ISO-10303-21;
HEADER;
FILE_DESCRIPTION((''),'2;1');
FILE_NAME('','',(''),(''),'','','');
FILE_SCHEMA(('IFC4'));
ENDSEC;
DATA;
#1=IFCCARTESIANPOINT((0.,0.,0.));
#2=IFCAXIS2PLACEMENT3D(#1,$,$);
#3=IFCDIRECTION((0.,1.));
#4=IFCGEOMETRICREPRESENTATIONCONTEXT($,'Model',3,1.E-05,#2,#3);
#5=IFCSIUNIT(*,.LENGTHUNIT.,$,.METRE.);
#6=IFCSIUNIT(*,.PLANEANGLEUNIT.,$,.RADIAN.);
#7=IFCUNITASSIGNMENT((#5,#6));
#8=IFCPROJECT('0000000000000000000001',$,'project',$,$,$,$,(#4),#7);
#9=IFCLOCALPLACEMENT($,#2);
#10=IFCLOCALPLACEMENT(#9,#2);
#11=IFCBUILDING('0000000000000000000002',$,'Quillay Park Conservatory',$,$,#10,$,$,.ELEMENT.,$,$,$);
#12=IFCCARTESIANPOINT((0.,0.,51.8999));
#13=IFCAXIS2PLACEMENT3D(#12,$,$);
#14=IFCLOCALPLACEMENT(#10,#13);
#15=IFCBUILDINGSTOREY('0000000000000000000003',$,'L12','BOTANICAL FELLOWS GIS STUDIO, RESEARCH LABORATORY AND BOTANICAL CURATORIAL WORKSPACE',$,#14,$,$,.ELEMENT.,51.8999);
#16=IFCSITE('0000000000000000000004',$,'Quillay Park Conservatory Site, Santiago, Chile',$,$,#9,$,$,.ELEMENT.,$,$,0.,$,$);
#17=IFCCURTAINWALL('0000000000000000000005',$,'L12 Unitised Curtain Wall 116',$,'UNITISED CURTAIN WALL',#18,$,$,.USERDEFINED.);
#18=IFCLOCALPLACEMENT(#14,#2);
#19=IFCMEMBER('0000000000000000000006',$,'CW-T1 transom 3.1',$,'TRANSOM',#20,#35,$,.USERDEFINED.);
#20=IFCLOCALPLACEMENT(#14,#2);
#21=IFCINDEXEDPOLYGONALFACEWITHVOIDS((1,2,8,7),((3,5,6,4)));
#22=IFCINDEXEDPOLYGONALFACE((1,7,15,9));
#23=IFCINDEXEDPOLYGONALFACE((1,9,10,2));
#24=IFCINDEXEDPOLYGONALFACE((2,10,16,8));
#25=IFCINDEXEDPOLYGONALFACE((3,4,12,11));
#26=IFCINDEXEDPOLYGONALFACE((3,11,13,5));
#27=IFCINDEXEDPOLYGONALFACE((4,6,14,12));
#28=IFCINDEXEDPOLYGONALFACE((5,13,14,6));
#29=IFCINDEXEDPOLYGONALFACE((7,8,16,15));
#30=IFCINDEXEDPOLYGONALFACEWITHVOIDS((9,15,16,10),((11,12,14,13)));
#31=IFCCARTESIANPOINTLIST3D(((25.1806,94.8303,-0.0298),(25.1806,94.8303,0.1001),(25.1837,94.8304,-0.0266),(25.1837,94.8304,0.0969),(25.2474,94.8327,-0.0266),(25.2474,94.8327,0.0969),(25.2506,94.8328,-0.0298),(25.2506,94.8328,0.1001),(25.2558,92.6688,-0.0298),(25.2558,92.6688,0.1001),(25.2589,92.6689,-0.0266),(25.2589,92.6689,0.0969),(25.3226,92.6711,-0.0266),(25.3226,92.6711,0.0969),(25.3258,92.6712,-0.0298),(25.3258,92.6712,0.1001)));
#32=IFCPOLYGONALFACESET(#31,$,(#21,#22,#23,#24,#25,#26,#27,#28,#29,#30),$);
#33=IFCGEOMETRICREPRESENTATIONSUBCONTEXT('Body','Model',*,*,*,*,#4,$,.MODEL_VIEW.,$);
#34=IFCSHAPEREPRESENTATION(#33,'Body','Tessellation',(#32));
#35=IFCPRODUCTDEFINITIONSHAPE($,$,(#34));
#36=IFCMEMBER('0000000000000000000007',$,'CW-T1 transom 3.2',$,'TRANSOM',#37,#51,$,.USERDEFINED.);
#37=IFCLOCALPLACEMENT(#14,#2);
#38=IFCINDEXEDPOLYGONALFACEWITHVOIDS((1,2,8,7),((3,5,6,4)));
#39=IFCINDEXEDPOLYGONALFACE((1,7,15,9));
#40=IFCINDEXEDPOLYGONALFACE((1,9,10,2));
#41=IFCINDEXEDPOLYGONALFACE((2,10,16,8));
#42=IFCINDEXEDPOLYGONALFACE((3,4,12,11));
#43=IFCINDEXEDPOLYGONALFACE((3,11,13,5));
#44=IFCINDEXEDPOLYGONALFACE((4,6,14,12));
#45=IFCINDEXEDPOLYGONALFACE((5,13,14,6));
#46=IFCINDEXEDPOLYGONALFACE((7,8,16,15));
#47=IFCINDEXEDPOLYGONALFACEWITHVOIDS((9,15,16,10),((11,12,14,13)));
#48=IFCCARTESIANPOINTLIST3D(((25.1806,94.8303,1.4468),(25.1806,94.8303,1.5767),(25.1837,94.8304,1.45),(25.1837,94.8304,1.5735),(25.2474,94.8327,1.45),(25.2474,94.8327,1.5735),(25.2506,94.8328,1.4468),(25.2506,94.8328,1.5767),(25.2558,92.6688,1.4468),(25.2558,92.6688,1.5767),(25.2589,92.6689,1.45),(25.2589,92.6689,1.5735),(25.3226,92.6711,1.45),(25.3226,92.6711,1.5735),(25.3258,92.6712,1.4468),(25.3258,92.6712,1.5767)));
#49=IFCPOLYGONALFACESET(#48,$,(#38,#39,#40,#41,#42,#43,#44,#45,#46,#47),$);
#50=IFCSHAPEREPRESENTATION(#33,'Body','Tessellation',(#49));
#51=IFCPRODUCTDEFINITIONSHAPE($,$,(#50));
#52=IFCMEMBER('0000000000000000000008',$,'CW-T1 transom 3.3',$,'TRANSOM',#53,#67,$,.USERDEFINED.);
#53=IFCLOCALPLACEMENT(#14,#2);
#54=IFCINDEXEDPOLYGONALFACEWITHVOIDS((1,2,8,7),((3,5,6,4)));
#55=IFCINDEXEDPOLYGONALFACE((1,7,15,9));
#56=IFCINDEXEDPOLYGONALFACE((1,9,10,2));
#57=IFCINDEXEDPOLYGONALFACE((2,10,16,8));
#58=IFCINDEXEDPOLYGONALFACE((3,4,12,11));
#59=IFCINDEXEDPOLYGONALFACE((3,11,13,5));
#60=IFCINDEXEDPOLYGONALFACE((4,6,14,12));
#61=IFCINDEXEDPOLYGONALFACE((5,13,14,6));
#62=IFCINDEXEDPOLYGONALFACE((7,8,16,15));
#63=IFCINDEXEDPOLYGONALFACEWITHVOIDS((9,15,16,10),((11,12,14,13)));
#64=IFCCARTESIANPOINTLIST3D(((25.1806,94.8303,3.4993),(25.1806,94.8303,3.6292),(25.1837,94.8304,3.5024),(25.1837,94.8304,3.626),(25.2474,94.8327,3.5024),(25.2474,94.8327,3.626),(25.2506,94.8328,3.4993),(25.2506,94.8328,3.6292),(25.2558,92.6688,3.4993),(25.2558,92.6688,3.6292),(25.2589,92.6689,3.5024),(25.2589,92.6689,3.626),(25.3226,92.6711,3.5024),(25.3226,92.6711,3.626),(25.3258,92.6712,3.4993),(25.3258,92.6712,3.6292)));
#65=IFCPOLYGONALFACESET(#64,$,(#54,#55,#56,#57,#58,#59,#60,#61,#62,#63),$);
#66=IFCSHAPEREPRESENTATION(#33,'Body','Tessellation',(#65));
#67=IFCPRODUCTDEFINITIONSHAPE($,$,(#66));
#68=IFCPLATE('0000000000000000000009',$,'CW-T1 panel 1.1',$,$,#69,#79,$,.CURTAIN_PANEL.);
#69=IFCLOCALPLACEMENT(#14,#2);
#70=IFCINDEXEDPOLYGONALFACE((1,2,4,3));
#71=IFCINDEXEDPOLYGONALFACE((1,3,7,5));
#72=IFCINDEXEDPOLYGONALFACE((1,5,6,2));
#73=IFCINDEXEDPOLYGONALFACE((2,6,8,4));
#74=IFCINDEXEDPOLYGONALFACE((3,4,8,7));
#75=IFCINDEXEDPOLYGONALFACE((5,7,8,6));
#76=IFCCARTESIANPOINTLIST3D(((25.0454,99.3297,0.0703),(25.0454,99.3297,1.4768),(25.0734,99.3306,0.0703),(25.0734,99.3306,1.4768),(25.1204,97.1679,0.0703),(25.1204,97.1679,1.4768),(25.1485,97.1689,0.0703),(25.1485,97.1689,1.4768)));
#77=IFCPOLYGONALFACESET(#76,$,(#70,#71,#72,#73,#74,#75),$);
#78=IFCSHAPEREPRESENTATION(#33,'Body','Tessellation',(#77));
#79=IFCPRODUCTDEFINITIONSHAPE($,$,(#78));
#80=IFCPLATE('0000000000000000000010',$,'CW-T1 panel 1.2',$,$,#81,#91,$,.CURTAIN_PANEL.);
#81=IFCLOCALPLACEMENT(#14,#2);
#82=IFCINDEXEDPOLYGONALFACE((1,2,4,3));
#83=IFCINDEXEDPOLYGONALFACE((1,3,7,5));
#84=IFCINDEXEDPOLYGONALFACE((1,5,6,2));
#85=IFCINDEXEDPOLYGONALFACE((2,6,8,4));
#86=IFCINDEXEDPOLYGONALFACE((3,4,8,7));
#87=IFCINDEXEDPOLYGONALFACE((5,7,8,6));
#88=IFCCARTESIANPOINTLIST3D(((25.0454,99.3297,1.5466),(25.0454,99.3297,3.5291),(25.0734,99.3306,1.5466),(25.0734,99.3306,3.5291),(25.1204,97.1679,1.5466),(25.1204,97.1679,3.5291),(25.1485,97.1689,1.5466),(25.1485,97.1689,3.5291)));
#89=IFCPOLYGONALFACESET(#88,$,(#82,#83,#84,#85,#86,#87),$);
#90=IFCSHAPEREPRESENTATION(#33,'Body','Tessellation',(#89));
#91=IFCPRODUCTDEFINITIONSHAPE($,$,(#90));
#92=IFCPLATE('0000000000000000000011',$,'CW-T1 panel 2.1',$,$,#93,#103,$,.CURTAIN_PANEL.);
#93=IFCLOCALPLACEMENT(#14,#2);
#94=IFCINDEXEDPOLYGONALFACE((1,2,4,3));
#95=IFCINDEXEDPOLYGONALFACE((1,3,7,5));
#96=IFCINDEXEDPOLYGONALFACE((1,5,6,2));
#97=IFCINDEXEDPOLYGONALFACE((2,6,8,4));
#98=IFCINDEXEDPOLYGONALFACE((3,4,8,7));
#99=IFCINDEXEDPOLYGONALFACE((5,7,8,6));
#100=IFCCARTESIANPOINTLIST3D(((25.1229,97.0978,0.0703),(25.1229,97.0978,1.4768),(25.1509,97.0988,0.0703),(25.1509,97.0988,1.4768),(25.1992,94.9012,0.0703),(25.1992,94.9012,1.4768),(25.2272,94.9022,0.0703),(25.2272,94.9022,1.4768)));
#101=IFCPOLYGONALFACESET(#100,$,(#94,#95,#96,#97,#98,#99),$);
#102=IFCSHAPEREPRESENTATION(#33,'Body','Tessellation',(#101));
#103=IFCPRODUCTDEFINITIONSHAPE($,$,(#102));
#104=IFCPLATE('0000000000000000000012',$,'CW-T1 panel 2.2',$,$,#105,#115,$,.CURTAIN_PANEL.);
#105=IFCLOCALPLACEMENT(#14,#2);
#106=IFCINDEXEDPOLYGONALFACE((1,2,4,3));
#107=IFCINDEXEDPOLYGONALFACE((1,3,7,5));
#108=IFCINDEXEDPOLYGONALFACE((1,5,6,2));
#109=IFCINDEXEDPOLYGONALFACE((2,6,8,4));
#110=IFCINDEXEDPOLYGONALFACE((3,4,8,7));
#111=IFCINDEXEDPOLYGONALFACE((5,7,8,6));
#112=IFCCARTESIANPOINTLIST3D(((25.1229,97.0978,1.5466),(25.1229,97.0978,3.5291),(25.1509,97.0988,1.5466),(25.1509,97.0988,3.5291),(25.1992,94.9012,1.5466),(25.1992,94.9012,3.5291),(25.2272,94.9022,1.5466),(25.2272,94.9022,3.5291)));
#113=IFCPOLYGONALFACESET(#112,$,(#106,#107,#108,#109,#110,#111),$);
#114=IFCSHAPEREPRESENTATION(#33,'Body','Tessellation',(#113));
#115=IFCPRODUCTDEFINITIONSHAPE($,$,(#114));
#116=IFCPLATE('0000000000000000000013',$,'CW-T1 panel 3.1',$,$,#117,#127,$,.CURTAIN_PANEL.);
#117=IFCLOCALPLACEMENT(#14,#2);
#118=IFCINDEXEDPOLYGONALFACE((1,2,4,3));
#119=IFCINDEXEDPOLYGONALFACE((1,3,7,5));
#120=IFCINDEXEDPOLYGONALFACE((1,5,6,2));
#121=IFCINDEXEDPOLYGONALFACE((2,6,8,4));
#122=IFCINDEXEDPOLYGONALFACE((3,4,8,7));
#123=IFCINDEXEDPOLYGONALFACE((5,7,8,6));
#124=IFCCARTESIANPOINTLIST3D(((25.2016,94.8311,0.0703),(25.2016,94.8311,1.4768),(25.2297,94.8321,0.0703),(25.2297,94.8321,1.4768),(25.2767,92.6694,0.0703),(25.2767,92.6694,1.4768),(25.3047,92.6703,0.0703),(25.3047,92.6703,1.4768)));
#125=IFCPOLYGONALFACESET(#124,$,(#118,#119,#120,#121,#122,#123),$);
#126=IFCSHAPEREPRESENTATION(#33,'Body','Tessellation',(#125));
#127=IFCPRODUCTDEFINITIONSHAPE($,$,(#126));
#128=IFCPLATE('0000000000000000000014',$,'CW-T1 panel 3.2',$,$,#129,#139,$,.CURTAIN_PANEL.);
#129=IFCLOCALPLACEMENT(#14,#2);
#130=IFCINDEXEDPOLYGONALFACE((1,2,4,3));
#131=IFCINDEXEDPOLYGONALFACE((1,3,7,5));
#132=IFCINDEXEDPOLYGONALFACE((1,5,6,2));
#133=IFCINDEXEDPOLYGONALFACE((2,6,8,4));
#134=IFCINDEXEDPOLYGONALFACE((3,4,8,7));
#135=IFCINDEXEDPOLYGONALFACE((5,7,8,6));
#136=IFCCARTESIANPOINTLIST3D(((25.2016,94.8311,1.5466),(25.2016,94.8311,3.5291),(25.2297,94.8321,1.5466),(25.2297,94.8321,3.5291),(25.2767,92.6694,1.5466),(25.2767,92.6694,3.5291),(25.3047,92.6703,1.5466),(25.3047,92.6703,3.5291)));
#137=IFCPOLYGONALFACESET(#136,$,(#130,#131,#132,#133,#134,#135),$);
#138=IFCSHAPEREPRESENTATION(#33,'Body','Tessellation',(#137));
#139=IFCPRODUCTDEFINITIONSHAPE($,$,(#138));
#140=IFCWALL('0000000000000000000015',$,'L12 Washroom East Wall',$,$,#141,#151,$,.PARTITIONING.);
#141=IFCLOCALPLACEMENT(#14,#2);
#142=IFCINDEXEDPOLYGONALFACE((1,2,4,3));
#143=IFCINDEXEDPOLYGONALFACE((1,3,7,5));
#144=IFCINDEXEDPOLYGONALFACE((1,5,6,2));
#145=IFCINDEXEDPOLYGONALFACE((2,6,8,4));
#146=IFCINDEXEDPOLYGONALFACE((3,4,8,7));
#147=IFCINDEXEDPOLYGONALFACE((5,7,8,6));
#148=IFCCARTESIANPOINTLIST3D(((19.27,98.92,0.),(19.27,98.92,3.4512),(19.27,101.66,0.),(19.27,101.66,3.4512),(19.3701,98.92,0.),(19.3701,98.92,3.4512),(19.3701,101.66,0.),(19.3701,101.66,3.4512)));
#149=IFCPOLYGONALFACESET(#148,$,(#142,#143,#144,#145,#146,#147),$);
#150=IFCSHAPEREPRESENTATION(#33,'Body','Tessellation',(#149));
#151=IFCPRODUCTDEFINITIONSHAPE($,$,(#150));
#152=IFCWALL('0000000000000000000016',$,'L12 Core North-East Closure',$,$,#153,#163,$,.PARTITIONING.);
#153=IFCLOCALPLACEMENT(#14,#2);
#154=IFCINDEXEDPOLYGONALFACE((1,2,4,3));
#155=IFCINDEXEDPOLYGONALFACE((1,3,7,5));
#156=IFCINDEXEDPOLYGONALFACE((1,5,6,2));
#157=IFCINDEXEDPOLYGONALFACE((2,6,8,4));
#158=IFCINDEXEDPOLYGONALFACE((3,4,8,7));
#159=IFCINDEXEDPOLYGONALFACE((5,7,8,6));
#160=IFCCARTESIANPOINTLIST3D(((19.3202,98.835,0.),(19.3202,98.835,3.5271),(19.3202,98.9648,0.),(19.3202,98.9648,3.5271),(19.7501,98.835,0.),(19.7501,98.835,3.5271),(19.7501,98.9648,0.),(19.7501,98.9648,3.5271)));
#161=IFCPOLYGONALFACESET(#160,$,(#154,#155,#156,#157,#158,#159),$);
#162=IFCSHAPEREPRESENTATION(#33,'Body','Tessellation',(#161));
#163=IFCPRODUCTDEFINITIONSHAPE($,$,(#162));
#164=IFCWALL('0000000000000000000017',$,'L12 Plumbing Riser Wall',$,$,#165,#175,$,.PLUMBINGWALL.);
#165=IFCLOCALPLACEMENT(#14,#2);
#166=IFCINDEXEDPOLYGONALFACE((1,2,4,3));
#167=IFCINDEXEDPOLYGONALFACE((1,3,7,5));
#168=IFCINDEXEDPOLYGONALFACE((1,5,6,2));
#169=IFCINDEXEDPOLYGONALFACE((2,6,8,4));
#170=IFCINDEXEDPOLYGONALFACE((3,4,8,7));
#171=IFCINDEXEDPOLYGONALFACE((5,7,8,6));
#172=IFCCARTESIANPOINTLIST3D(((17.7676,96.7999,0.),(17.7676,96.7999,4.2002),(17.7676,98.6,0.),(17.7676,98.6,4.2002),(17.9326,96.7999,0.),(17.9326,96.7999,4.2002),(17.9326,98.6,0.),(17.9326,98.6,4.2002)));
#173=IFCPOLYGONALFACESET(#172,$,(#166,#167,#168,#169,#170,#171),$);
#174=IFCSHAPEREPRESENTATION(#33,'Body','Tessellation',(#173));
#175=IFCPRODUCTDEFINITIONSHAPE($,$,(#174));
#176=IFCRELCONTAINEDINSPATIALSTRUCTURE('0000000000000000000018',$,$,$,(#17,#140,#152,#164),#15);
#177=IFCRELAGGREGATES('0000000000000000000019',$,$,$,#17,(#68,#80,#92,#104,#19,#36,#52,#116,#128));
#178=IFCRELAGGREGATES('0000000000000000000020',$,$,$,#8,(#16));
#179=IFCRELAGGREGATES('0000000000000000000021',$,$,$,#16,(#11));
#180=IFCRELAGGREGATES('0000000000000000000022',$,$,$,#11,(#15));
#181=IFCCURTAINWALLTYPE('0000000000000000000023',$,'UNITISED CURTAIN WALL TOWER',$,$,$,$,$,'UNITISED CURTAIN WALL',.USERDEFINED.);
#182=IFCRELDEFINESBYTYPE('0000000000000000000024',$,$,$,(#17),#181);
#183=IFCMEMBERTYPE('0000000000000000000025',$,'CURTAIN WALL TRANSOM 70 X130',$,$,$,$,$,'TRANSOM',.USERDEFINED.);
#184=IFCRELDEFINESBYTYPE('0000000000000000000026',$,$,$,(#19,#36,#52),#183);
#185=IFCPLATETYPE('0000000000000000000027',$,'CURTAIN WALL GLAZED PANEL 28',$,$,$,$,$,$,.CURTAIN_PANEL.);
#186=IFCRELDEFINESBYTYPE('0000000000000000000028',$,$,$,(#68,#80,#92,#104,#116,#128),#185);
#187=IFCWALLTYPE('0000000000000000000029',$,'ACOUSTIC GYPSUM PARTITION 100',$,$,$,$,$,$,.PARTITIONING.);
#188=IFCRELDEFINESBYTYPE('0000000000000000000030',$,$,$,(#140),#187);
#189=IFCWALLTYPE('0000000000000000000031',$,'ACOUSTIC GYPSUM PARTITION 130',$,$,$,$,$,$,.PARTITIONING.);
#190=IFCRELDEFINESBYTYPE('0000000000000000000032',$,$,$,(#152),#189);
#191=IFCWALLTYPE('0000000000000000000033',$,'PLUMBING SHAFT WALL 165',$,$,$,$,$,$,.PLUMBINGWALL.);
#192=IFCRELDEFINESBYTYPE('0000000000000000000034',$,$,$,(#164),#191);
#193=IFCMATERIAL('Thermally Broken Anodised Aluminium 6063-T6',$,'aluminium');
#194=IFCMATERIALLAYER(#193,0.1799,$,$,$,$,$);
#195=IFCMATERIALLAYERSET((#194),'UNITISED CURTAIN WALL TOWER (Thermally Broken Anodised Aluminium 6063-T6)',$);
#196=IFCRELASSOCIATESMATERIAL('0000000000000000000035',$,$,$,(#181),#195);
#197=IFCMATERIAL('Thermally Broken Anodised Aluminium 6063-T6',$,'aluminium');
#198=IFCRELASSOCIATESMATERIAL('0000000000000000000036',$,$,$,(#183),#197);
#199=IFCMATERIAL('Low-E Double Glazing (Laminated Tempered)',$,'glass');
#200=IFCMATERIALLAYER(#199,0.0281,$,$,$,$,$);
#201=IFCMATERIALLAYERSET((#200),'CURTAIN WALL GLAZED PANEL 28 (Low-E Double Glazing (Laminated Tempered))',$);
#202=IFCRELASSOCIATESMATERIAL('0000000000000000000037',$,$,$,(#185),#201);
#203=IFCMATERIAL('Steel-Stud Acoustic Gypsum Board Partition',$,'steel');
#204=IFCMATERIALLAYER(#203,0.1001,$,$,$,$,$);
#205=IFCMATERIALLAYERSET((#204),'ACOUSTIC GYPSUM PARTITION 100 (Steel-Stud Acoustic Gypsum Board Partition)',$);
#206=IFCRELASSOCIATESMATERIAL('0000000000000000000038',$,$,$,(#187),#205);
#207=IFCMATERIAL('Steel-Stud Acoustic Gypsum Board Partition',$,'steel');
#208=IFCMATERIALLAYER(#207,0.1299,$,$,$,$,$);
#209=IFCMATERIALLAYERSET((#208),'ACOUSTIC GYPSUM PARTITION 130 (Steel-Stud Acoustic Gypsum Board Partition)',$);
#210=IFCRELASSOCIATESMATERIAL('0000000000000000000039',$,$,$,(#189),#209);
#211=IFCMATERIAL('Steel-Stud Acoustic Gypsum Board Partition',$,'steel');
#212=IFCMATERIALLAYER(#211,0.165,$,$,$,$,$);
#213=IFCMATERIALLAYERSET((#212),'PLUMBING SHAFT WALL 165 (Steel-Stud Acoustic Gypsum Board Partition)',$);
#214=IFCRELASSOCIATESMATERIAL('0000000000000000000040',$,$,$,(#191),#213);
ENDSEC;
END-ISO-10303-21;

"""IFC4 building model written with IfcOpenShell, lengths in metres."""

from ifc_helpers import new_model, si_unit, direction, frame, frame_2d, origin, origin_2d, place, context, subcontext, project, spatial, rectangle, hollow_rectangle, extrude, material, layer, layer_set, material_profile, profile_set, type_object, element, aggregate, save


model = new_model("IFC4")

# Units and contexts
model_context = context("Model", 3, precision=1e-05, world=origin(), true_north=direction((0.0, 1.0)))
body_context = subcontext(model_context, "Body", "Model", "MODEL_VIEW")
ifc_project = project(units=[si_unit("LENGTHUNIT", "METRE"), si_unit("PLANEANGLEUNIT", "RADIAN")], contexts=[model_context])

# Site, building, storey
site_placement = place(None, origin())
site = spatial("IfcSite", under=ifc_project, at=site_placement, Name="Quillay Park Conservatory Site, Santiago, Chile", CompositionType="ELEMENT", RefElevation=0.0)
building_placement = place(site_placement, origin())
building = spatial("IfcBuilding", under=site, at=building_placement, Name="Quillay Park Conservatory", CompositionType="ELEMENT")
storey_placement = place(building_placement, frame((0.0, 0.0, 51.8999)))
storey = spatial("IfcBuildingStorey", under=building, at=storey_placement, Name="L12", Description="BOTANICAL FELLOWS GIS STUDIO, RESEARCH LABORATORY AND BOTANICAL CURATORIAL WORKSPACE", CompositionType="ELEMENT", Elevation=51.8999)

# Curtain wall, members, plates
ifc_material_1 = material(Name="Thermally Broken Anodised Aluminium 6063-T6", Category="aluminium")
ifc_layer_1 = layer(ifc_material_1, 0.1799)
ifc_layer_set_1 = layer_set([ifc_layer_1], Name="UNITISED CURTAIN WALL TOWER (Thermally Broken Anodised Aluminium 6063-T6)")
curtain_wall_type = type_object("IfcCurtainWallType", Name="UNITISED CURTAIN WALL TOWER", ElementType="UNITISED CURTAIN WALL", PredefinedType="USERDEFINED", material=ifc_layer_set_1)
curtain_wall_placement = place(storey_placement, origin())
curtain_wall = element("IfcCurtainWall", 1, at=curtain_wall_placement, inside=storey, type_object=curtain_wall_type, Name="L12 Unitised Curtain Wall 116", ObjectType="UNITISED CURTAIN WALL", PredefinedType="USERDEFINED")
ifc_material_2 = material(Name="Thermally Broken Anodised Aluminium 6063-T6", Category="aluminium")
ifc_material_profile_1 = material_profile(ifc_material_2, hollow_rectangle(XDim=0.0701, YDim=0.1299, WallThickness=0.0032, at=origin_2d()), Name="AL70x130x3.2")
ifc_profile_set_1 = profile_set([ifc_material_profile_1], Name="Thermally Broken Anodised Aluminium 6063-T6")
member_type_1 = type_object("IfcMemberType", Name="CURTAIN WALL TRANSOM 70 X130", ElementType="TRANSOM", PredefinedType="USERDEFINED", material=ifc_profile_set_1)
member_1_placement = place(storey_placement, frame((25.2156, 94.8315, 0.0352), z_axis=(0.034766, -0.999395, 0.0), x_axis=(0.999395, 0.034766, 0.0)))
member_1 = element("IfcMember", 2, at=member_1_placement, type_object=member_type_1, Name="CW-T1 transom 3.1", ObjectType="TRANSOM", PredefinedType="USERDEFINED", context=body_context, shape_type="SweptSolid", body=[
    extrude(hollow_rectangle(XDim=0.0701, YDim=0.1299, WallThickness=0.0032, at=origin_2d()), origin(), (0.0, 0.0, 1.0), 2.1628),
])
member_2_placement = place(storey_placement, frame((25.2156, 94.8315, 1.5117), z_axis=(0.034766, -0.999395, 0.0), x_axis=(0.999395, 0.034766, 0.0)))
member_2 = element("IfcMember", 3, at=member_2_placement, type_object=member_type_1, Name="CW-T1 transom 3.2", ObjectType="TRANSOM", PredefinedType="USERDEFINED", context=body_context, shape_type="SweptSolid", body=[
    extrude(hollow_rectangle(XDim=0.0701, YDim=0.1299, WallThickness=0.0032, at=origin_2d()), origin(), (0.0, 0.0, 1.0), 2.1628),
])
member_3_placement = place(storey_placement, frame((25.2156, 94.8315, 3.5642), z_axis=(0.034766, -0.999395, 0.0), x_axis=(0.999395, 0.034766, 0.0)))
member_3 = element("IfcMember", 4, at=member_3_placement, type_object=member_type_1, Name="CW-T1 transom 3.3", ObjectType="TRANSOM", PredefinedType="USERDEFINED", context=body_context, shape_type="SweptSolid", body=[
    extrude(hollow_rectangle(XDim=0.0701, YDim=0.1299, WallThickness=0.0032, at=origin_2d()), origin(), (0.0, 0.0, 1.0), 2.1628),
])
ifc_material_3 = material(Name="Low-E Double Glazing (Laminated Tempered)", Category="glass")
ifc_layer_2 = layer(ifc_material_3, 0.0281)
ifc_layer_set_2 = layer_set([ifc_layer_2], Name="CURTAIN WALL GLAZED PANEL 28 (Low-E Double Glazing (Laminated Tempered))")
plate_type = type_object("IfcPlateType", Name="CURTAIN WALL GLAZED PANEL 28", PredefinedType="CURTAIN_PANEL", material=ifc_layer_set_2)
plate_1_placement = place(storey_placement, frame((25.0969, 98.2493, 0.0703), z_axis=(0.0, 0.0, 1.0), x_axis=(0.034713, -0.999397, 0.0)))
plate_1 = element("IfcPlate", 5, at=plate_1_placement, type_object=plate_type, Name="CW-T1 panel 1.1", PredefinedType="CURTAIN_PANEL", context=body_context, shape_type="SweptSolid", body=[
    extrude(rectangle(XDim=2.1631, YDim=0.0281, at=origin_2d()), origin(), (0.0, 0.0, 1.0), 1.4065),
])
plate_2_placement = place(storey_placement, frame((25.0969, 98.2493, 1.5466), z_axis=(0.0, 0.0, 1.0), x_axis=(0.034713, -0.999397, 0.0)))
plate_2 = element("IfcPlate", 6, at=plate_2_placement, type_object=plate_type, Name="CW-T1 panel 1.2", PredefinedType="CURTAIN_PANEL", context=body_context, shape_type="SweptSolid", body=[
    extrude(rectangle(XDim=2.1631, YDim=0.0281, at=origin_2d()), origin(), (0.0, 0.0, 1.0), 1.9824),
])
plate_3_placement = place(storey_placement, frame((25.175, 96.0, 0.0703), z_axis=(0.0, 0.0, 1.0), x_axis=(0.034713, -0.999397, 0.0)))
plate_3 = element("IfcPlate", 7, at=plate_3_placement, type_object=plate_type, Name="CW-T1 panel 2.1", PredefinedType="CURTAIN_PANEL", context=body_context, shape_type="SweptSolid", body=[
    extrude(rectangle(XDim=2.198, YDim=0.0281, at=origin_2d()), origin(), (0.0, 0.0, 1.0), 1.4065),
])
plate_4_placement = place(storey_placement, frame((25.175, 96.0, 1.5466), z_axis=(0.0, 0.0, 1.0), x_axis=(0.034713, -0.999397, 0.0)))
plate_4 = element("IfcPlate", 8, at=plate_4_placement, type_object=plate_type, Name="CW-T1 panel 2.2", PredefinedType="CURTAIN_PANEL", context=body_context, shape_type="SweptSolid", body=[
    extrude(rectangle(XDim=2.198, YDim=0.0281, at=origin_2d()), origin(), (0.0, 0.0, 1.0), 1.9824),
])
plate_5_placement = place(storey_placement, frame((25.2532, 93.7507, 0.0703), z_axis=(0.0, 0.0, 1.0), x_axis=(0.034713, -0.999397, 0.0)))
plate_5 = element("IfcPlate", 9, at=plate_5_placement, type_object=plate_type, Name="CW-T1 panel 3.1", PredefinedType="CURTAIN_PANEL", context=body_context, shape_type="SweptSolid", body=[
    extrude(rectangle(XDim=2.1631, YDim=0.0281, at=origin_2d()), origin(), (0.0, 0.0, 1.0), 1.4065),
])
plate_6_placement = place(storey_placement, frame((25.2532, 93.7507, 1.5466), z_axis=(0.0, 0.0, 1.0), x_axis=(0.034713, -0.999397, 0.0)))
plate_6 = element("IfcPlate", 10, at=plate_6_placement, type_object=plate_type, Name="CW-T1 panel 3.2", PredefinedType="CURTAIN_PANEL", context=body_context, shape_type="SweptSolid", body=[
    extrude(rectangle(XDim=2.1631, YDim=0.0281, at=origin_2d()), origin(), (0.0, 0.0, 1.0), 1.9824),
])
aggregate(curtain_wall, [plate_1, plate_2, plate_3, plate_4, member_1, member_2, member_3, plate_5, plate_6])

# Walls
ifc_material_4 = material(Name="Steel-Stud Acoustic Gypsum Board Partition", Category="steel")
ifc_layer_3 = layer(ifc_material_4, 0.1001)
ifc_layer_set_3 = layer_set([ifc_layer_3], Name="ACOUSTIC GYPSUM PARTITION 100 (Steel-Stud Acoustic Gypsum Board Partition)")
wall_type_1 = type_object("IfcWallType", Name="ACOUSTIC GYPSUM PARTITION 100", PredefinedType="PARTITIONING", material=ifc_layer_set_3)
wall_1_placement = place(storey_placement, frame((19.3201, 98.9199, 0.0), z_axis=(0.0, 0.0, 1.0), x_axis=(0.0, 1.0, 0.0)))
element("IfcWall", 11, at=wall_1_placement, inside=storey, type_object=wall_type_1, Name="L12 Washroom East Wall", PredefinedType="PARTITIONING", context=body_context, shape_type="SweptSolid", body=[
    extrude(rectangle(XDim=2.74, YDim=0.1001, at=frame_2d((1.3701, 0.0))), origin(), (0.0, 0.0, 1.0), 3.4512),
])
ifc_material_5 = material(Name="Steel-Stud Acoustic Gypsum Board Partition", Category="steel")
ifc_layer_4 = layer(ifc_material_5, 0.1299)
ifc_layer_set_4 = layer_set([ifc_layer_4], Name="ACOUSTIC GYPSUM PARTITION 130 (Steel-Stud Acoustic Gypsum Board Partition)")
wall_type_2 = type_object("IfcWallType", Name="ACOUSTIC GYPSUM PARTITION 130", PredefinedType="PARTITIONING", material=ifc_layer_set_4)
wall_2_placement = place(storey_placement, frame((19.75, 98.8999, 0.0), z_axis=(0.0, 0.0, 1.0), x_axis=(-1.0, 0.0, 0.0)))
element("IfcWall", 12, at=wall_2_placement, inside=storey, type_object=wall_type_2, Name="L12 Core North-East Closure", PredefinedType="PARTITIONING", context=body_context, shape_type="SweptSolid", body=[
    extrude(rectangle(XDim=0.4299, YDim=0.1299, at=frame_2d((0.2148, 0.0))), origin(), (0.0, 0.0, 1.0), 3.5271),
])
ifc_material_6 = material(Name="Steel-Stud Acoustic Gypsum Board Partition", Category="steel")
ifc_layer_5 = layer(ifc_material_6, 0.165)
ifc_layer_set_5 = layer_set([ifc_layer_5], Name="PLUMBING SHAFT WALL 165 (Steel-Stud Acoustic Gypsum Board Partition)")
wall_type_3 = type_object("IfcWallType", Name="PLUMBING SHAFT WALL 165", PredefinedType="PLUMBINGWALL", material=ifc_layer_set_5)
wall_3_placement = place(storey_placement, frame((17.8501, 96.8, 0.0), z_axis=(0.0, 0.0, 1.0), x_axis=(0.0, 1.0, 0.0)))
element("IfcWall", 13, at=wall_3_placement, inside=storey, type_object=wall_type_3, Name="L12 Plumbing Riser Wall", PredefinedType="PLUMBINGWALL", context=body_context, shape_type="SweptSolid", body=[
    extrude(rectangle(XDim=1.8, YDim=0.165, at=frame_2d((0.8999, 0.0))), origin(), (0.0, 0.0, 1.0), 4.2002),
])

save(model, "model.ifc")
